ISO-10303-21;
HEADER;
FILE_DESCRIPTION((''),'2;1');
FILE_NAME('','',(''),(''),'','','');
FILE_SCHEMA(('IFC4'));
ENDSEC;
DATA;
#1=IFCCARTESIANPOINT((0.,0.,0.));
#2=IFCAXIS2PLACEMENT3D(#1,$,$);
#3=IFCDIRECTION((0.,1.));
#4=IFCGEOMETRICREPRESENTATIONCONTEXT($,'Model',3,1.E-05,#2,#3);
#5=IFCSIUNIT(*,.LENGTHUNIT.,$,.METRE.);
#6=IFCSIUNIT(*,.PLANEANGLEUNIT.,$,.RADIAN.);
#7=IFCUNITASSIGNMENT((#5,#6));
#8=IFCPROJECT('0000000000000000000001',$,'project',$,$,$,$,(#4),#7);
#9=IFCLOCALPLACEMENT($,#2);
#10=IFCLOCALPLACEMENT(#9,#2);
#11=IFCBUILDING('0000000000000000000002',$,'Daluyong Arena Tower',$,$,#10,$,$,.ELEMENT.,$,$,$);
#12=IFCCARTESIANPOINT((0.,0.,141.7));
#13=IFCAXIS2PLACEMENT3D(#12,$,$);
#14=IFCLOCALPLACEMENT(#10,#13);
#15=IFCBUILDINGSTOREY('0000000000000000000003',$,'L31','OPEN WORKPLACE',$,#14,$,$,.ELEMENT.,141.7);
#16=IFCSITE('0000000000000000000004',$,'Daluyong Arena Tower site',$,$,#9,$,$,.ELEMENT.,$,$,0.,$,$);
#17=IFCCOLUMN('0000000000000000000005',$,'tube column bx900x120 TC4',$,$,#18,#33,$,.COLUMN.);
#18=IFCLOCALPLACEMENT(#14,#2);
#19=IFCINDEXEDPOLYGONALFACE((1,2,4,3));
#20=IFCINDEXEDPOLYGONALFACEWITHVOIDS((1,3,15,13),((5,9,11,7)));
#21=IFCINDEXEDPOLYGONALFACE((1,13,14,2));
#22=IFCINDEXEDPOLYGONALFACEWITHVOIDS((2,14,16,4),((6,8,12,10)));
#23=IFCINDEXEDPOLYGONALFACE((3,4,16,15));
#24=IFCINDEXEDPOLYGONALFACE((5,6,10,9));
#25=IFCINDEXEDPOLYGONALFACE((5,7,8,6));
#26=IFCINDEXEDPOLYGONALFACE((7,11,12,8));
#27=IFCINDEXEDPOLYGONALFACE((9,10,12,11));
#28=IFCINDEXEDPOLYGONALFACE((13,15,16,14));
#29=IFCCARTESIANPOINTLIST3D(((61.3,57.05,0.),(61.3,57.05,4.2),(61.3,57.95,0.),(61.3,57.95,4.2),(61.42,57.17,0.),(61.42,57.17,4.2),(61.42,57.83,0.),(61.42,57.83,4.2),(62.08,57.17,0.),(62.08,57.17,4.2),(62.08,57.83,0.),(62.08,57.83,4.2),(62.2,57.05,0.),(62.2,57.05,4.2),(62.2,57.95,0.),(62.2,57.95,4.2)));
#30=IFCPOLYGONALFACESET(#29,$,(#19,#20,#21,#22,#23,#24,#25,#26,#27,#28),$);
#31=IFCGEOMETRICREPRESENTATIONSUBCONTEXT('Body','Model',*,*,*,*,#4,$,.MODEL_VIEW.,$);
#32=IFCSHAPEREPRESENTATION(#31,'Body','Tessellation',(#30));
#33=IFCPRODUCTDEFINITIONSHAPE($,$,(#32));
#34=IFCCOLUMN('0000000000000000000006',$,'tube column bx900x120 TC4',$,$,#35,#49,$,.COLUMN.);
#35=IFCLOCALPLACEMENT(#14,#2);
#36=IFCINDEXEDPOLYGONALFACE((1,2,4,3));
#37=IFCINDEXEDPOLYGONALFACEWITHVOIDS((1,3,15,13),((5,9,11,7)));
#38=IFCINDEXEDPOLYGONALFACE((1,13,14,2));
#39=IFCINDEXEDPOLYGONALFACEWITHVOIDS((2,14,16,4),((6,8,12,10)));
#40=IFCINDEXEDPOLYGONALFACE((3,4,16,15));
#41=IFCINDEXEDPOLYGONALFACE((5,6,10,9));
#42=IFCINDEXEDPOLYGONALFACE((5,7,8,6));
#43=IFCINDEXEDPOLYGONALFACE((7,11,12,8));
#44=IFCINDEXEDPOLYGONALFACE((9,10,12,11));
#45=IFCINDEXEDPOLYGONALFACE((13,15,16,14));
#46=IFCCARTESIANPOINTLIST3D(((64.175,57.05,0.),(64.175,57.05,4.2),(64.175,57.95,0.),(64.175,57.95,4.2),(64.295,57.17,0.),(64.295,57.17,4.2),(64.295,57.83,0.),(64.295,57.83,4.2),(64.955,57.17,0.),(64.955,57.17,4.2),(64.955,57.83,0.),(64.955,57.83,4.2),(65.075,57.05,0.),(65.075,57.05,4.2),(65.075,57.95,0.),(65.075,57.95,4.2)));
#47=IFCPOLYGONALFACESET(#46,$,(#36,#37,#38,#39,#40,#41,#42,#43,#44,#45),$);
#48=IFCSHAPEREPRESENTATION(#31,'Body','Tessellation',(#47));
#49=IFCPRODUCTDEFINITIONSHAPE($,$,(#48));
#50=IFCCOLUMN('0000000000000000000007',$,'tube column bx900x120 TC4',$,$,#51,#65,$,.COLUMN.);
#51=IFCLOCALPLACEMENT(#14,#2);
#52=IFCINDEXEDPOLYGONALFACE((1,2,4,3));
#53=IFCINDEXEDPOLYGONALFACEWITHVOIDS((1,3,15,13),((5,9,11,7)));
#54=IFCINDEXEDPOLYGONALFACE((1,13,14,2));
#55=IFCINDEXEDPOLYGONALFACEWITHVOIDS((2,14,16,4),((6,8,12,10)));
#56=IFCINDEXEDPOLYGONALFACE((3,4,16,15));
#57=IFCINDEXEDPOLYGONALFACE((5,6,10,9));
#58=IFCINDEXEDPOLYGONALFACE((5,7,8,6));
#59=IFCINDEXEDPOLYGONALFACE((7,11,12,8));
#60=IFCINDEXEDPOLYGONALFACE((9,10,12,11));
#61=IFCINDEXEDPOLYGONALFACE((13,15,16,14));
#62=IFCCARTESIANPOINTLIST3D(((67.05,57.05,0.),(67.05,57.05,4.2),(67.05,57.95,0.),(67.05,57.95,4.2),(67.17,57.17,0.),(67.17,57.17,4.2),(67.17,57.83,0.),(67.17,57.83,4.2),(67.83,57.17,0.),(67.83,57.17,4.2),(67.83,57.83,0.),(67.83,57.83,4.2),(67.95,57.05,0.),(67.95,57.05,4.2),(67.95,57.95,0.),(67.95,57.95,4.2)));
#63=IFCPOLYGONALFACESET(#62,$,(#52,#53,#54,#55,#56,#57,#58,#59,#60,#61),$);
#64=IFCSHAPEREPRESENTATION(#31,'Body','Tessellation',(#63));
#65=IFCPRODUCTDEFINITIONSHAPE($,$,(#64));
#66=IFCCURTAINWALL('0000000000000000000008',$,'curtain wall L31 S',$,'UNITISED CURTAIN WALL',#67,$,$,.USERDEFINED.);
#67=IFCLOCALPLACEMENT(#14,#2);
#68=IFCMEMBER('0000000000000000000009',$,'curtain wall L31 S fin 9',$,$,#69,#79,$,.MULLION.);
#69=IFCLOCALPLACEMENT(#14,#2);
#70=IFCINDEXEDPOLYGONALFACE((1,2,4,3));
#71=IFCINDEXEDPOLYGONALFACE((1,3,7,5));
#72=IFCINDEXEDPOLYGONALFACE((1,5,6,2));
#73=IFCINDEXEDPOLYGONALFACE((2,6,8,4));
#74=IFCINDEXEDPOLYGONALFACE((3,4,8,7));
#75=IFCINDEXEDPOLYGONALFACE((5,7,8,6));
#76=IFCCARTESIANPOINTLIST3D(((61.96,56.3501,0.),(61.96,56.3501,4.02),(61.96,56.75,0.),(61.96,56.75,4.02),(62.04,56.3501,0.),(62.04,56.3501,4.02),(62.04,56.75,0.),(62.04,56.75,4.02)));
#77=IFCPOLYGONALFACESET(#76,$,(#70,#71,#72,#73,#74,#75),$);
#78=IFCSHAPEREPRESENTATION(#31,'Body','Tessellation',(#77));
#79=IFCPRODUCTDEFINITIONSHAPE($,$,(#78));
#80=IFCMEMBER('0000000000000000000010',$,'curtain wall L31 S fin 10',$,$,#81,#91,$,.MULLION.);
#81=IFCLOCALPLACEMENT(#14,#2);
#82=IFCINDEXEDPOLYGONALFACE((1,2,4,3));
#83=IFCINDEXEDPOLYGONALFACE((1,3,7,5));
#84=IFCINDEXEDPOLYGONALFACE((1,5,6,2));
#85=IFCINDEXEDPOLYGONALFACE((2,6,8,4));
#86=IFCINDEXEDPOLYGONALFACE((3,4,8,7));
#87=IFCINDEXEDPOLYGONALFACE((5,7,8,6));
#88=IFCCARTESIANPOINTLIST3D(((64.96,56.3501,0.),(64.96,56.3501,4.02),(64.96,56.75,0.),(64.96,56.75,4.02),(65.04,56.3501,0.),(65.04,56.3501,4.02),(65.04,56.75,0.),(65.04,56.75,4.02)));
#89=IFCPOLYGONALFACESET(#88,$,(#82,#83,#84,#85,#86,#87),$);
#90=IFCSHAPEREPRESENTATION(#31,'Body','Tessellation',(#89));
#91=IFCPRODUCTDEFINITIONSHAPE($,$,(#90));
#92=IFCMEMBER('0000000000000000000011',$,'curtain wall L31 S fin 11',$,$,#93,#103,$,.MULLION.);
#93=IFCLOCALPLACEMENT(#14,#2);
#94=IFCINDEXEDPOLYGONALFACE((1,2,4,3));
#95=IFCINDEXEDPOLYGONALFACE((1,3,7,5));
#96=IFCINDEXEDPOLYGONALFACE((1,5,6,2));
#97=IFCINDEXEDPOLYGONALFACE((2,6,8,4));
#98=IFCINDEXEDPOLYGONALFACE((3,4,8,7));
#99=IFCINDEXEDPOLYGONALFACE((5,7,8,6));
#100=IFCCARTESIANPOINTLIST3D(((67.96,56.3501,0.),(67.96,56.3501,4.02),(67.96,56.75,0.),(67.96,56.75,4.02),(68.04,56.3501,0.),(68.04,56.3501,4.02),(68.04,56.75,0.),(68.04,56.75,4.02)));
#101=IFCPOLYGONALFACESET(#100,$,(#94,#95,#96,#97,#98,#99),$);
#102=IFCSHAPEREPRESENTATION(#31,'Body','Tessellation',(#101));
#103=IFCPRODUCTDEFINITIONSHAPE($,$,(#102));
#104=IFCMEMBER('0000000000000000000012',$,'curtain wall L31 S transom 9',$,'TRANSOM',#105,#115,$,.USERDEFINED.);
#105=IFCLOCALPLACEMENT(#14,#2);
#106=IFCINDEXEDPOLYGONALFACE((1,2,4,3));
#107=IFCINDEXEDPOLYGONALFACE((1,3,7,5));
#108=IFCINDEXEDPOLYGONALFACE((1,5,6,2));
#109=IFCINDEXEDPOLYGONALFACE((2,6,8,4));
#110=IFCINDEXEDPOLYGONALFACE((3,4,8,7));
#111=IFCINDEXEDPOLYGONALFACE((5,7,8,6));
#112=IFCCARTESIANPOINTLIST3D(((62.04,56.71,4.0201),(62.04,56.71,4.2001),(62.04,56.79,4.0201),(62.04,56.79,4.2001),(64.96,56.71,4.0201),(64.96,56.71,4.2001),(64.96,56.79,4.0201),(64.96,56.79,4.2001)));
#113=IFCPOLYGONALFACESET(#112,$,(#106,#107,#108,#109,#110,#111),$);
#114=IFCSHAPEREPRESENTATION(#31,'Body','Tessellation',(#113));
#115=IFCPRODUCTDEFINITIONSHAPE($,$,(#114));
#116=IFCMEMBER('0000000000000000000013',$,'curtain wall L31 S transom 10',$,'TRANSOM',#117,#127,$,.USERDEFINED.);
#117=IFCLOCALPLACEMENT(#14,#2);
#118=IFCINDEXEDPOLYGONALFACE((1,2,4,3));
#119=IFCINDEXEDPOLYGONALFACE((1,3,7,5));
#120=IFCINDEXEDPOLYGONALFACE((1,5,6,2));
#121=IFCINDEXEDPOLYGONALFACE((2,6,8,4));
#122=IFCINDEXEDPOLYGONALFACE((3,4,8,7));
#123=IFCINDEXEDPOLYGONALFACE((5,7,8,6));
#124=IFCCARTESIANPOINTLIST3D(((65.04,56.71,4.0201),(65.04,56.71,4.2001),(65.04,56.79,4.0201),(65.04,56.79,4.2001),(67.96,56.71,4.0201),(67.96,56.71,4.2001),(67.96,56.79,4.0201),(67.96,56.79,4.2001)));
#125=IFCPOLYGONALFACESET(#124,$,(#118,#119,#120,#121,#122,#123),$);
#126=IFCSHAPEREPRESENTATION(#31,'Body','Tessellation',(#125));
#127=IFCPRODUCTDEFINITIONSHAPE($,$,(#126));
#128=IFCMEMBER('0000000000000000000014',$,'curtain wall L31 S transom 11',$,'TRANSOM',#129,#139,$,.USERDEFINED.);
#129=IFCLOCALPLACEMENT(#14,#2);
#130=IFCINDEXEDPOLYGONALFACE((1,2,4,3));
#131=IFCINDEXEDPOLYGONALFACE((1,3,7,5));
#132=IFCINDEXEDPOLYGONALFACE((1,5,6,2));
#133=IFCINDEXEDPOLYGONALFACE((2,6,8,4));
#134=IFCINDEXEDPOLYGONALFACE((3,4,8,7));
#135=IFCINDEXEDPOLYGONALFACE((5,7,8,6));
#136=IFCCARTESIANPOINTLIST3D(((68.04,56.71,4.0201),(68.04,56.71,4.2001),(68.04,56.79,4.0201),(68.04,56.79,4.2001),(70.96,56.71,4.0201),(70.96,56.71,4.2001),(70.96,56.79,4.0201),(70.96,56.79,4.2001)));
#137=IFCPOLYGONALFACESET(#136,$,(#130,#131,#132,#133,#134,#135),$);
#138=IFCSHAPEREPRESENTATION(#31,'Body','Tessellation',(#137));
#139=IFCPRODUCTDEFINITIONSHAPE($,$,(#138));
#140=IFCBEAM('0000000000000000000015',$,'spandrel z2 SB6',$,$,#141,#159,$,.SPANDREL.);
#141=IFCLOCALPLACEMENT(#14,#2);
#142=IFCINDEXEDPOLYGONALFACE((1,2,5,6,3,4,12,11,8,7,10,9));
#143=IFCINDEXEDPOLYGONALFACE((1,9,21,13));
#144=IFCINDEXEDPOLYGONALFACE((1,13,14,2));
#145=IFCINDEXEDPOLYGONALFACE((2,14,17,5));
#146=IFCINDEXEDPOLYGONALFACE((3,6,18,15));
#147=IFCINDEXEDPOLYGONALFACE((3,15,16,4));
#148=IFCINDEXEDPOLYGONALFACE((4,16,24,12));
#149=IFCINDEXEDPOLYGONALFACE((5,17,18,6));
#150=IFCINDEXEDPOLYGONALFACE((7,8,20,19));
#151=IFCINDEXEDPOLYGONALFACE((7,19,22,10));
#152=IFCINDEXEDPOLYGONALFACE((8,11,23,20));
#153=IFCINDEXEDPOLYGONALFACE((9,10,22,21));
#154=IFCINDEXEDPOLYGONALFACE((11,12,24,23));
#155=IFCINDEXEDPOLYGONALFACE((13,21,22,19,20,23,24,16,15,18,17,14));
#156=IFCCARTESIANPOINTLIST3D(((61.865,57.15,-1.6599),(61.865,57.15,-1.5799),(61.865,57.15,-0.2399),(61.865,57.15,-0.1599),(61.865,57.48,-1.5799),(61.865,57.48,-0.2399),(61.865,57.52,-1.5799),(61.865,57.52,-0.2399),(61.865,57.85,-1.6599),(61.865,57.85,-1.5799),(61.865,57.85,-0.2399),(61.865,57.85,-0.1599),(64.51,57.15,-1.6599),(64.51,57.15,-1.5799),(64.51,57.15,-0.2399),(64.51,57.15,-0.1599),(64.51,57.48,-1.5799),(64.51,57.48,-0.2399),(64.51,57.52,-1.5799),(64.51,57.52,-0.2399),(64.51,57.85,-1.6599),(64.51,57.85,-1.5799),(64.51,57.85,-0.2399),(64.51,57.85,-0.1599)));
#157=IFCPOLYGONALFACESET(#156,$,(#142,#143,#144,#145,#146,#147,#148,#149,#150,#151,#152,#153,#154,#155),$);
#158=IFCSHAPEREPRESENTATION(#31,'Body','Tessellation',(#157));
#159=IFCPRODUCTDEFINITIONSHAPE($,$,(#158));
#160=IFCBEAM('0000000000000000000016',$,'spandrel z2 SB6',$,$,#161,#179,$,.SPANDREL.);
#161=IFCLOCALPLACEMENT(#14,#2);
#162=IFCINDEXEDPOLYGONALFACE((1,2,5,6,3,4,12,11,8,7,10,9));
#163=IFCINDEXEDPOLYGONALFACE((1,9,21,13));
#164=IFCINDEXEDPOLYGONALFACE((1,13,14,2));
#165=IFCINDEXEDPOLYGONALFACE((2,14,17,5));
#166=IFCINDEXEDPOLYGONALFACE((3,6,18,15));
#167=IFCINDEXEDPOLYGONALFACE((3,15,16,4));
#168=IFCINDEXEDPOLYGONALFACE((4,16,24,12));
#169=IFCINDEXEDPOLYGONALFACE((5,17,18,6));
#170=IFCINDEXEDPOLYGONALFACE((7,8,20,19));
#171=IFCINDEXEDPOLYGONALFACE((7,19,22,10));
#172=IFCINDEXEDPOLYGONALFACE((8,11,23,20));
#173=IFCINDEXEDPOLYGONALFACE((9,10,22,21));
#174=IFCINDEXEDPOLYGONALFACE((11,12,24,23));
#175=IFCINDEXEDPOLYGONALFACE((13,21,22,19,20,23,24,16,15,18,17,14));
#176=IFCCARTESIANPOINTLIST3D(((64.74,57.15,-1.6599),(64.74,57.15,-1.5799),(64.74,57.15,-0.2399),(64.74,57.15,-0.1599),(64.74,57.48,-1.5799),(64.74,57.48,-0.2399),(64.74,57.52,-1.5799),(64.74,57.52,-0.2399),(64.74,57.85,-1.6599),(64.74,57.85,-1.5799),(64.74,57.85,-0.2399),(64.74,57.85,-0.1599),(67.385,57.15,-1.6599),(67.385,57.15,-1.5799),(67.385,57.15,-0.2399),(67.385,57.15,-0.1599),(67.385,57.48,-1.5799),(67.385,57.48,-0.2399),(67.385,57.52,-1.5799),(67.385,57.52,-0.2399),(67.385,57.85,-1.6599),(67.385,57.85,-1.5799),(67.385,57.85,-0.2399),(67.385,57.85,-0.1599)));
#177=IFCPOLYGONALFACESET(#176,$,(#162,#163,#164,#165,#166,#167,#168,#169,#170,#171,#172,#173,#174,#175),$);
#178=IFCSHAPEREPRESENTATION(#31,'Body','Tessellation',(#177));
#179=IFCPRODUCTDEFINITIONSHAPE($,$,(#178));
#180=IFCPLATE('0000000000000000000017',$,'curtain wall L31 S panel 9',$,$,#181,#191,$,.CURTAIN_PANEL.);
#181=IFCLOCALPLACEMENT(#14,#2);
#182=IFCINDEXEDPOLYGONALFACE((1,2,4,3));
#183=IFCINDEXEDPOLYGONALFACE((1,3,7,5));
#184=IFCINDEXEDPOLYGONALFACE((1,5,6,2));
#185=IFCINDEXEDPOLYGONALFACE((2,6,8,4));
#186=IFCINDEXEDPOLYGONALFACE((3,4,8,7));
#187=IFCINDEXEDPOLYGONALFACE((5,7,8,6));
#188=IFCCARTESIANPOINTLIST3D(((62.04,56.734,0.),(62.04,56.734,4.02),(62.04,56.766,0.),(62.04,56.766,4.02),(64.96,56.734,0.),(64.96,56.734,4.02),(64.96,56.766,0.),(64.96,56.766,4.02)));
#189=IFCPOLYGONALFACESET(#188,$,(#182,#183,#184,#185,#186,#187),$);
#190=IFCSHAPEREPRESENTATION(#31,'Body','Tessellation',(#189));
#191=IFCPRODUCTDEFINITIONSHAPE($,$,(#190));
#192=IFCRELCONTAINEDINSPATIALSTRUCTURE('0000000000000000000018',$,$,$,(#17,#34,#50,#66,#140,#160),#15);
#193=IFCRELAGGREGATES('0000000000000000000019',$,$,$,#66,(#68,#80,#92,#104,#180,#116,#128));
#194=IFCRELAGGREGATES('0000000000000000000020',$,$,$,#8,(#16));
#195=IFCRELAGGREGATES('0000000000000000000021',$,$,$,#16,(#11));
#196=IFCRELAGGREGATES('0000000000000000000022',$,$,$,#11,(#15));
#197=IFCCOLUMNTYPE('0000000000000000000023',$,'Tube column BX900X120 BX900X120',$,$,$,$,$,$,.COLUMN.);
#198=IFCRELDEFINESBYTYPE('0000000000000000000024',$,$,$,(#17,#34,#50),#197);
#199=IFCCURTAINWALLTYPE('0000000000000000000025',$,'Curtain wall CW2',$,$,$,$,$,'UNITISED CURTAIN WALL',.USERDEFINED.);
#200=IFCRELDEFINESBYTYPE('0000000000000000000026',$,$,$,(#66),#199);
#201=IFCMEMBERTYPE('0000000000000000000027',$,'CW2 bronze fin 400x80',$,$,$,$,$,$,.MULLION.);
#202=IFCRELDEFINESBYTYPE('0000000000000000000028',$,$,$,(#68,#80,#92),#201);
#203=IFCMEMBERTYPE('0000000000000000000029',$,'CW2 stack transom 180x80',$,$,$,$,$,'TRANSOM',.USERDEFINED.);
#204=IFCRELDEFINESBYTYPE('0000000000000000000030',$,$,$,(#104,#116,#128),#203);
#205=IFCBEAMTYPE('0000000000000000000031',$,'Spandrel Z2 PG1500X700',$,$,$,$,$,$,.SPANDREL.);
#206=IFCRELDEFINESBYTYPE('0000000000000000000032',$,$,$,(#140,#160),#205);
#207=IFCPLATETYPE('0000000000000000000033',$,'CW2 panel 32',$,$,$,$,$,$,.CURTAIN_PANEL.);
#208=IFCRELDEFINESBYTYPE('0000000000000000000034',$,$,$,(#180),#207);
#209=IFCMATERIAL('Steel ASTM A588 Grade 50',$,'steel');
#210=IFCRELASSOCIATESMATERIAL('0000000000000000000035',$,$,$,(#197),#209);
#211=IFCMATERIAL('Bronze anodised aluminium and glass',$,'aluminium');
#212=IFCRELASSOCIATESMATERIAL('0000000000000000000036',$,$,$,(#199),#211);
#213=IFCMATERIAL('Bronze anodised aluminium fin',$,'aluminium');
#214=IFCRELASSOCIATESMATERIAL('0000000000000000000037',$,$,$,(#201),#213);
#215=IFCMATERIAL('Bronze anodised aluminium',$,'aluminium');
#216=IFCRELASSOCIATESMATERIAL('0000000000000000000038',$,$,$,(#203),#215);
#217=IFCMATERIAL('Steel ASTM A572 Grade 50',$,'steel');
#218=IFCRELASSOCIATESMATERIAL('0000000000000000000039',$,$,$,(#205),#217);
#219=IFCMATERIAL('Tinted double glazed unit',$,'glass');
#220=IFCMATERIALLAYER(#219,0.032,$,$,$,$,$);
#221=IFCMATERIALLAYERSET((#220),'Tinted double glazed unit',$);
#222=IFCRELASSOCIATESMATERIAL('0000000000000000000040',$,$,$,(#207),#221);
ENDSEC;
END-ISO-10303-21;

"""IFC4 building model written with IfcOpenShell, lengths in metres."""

from ifc_helpers import new_model, si_unit, direction, frame, origin, origin_2d, place, context, subcontext, project, spatial, rectangle, hollow_rectangle, i_section, extrude, material, layer, layer_set, material_profile, profile_set, type_object, element, aggregate, save


model = new_model("IFC4")

# Units and contexts
model_context = context("Model", 3, precision=1e-05, world=origin(), true_north=direction((0.0, 1.0)))
body_context = subcontext(model_context, "Body", "Model", "MODEL_VIEW")
ifc_project = project(units=[si_unit("LENGTHUNIT", "METRE"), si_unit("PLANEANGLEUNIT", "RADIAN")], contexts=[model_context])

# Site, building, storey
site_placement = place(None, origin())
site = spatial("IfcSite", under=ifc_project, at=site_placement, Name="Daluyong Arena Tower site", CompositionType="ELEMENT", RefElevation=0.0)
building_placement = place(site_placement, origin())
building = spatial("IfcBuilding", under=site, at=building_placement, Name="Daluyong Arena Tower", CompositionType="ELEMENT")
storey_placement = place(building_placement, frame((0.0, 0.0, 141.7)))
storey = spatial("IfcBuildingStorey", under=building, at=storey_placement, Name="L31", Description="OPEN WORKPLACE", CompositionType="ELEMENT", Elevation=141.7)

# Columns
ifc_material_1 = material(Name="Steel ASTM A588 Grade 50", Category="steel")
ifc_material_profile_1 = material_profile(ifc_material_1, hollow_rectangle(XDim=0.8999, YDim=0.8999, WallThickness=0.12, at=origin_2d()))
ifc_profile_set_1 = profile_set([ifc_material_profile_1], Name="Steel ASTM A588 Grade 50")
column_type = type_object("IfcColumnType", Name="Tube column BX900X120 BX900X120", PredefinedType="COLUMN", material=ifc_profile_set_1)
for number, where, z_axis, x_axis, name in (
    (1, (61.75, 57.5, 0.0), (0.0, 0.0, 1.0), (1.0, 0.0, 0.0), "tube column bx900x120 TC4"),
    (2, (64.625, 57.5, 0.0), (0.0, 0.0, 1.0), (1.0, 0.0, 0.0), "tube column bx900x120 TC4"),
    (3, (67.5, 57.5, 0.0), (0.0, 0.0, 1.0), (1.0, 0.0, 0.0), "tube column bx900x120 TC4"),
):
    element("IfcColumn", number, at=place(storey_placement, frame(where, z_axis=z_axis, x_axis=x_axis)), inside=storey, type_object=column_type, Name=name, PredefinedType="COLUMN", context=body_context, shape_type="SweptSolid", body=[
        extrude(hollow_rectangle(XDim=0.8999, YDim=0.8999, WallThickness=0.12, at=origin_2d()), origin(), (0.0, 0.0, 1.0), 4.2),
    ])

# Curtain wall, members
ifc_material_2 = material(Name="Bronze anodised aluminium and glass", Category="aluminium")
curtain_wall_type = type_object("IfcCurtainWallType", Name="Curtain wall CW2", ElementType="UNITISED CURTAIN WALL", PredefinedType="USERDEFINED", material=ifc_material_2)
curtain_wall_placement = place(storey_placement, origin())
curtain_wall = element("IfcCurtainWall", 4, at=curtain_wall_placement, inside=storey, type_object=curtain_wall_type, Name="curtain wall L31 S", ObjectType="UNITISED CURTAIN WALL", PredefinedType="USERDEFINED")
ifc_material_3 = material(Name="Bronze anodised aluminium fin", Category="aluminium")
ifc_material_profile_2 = material_profile(ifc_material_3, rectangle(XDim=0.3999, YDim=0.0801, at=origin_2d()))
ifc_profile_set_2 = profile_set([ifc_material_profile_2], Name="Bronze anodised aluminium fin")
member_type_1 = type_object("IfcMemberType", Name="CW2 bronze fin 400x80", PredefinedType="MULLION", material=ifc_profile_set_2)
member_1_placement = place(storey_placement, frame((62.0, 56.55, 0.0), z_axis=(0.0, 0.0, 1.0), x_axis=(0.0, 1.0, 0.0)))
member_1 = element("IfcMember", 5, at=member_1_placement, type_object=member_type_1, Name="curtain wall L31 S fin 9", PredefinedType="MULLION", context=body_context, shape_type="SweptSolid", body=[
    extrude(rectangle(XDim=0.3999, YDim=0.0801, at=origin_2d()), origin(), (0.0, 0.0, 1.0), 4.02),
])
member_2_placement = place(storey_placement, frame((65.0, 56.55, 0.0), z_axis=(0.0, 0.0, 1.0), x_axis=(0.0, 1.0, 0.0)))
member_2 = element("IfcMember", 6, at=member_2_placement, type_object=member_type_1, Name="curtain wall L31 S fin 10", PredefinedType="MULLION", context=body_context, shape_type="SweptSolid", body=[
    extrude(rectangle(XDim=0.3999, YDim=0.0801, at=origin_2d()), origin(), (0.0, 0.0, 1.0), 4.02),
])
member_3_placement = place(storey_placement, frame((68.0, 56.55, 0.0), z_axis=(0.0, 0.0, 1.0), x_axis=(0.0, 1.0, 0.0)))
member_3 = element("IfcMember", 7, at=member_3_placement, type_object=member_type_1, Name="curtain wall L31 S fin 11", PredefinedType="MULLION", context=body_context, shape_type="SweptSolid", body=[
    extrude(rectangle(XDim=0.3999, YDim=0.0801, at=origin_2d()), origin(), (0.0, 0.0, 1.0), 4.02),
])
ifc_material_4 = material(Name="Bronze anodised aluminium", Category="aluminium")
ifc_material_profile_3 = material_profile(ifc_material_4, rectangle(XDim=0.0801, YDim=0.1799, at=origin_2d()))
ifc_profile_set_3 = profile_set([ifc_material_profile_3], Name="Bronze anodised aluminium")
member_type_2 = type_object("IfcMemberType", Name="CW2 stack transom 180x80", ElementType="TRANSOM", PredefinedType="USERDEFINED", material=ifc_profile_set_3)
member_4_placement = place(storey_placement, frame((62.04, 56.75, 4.1101), z_axis=(1.0, 0.0, 0.0), x_axis=(0.0, 1.0, 0.0)))
member_4 = element("IfcMember", 8, at=member_4_placement, type_object=member_type_2, Name="curtain wall L31 S transom 9", ObjectType="TRANSOM", PredefinedType="USERDEFINED", context=body_context, shape_type="SweptSolid", body=[
    extrude(rectangle(XDim=0.0801, YDim=0.1799, at=origin_2d()), origin(), (0.0, 0.0, 1.0), 2.9199),
])
member_5_placement = place(storey_placement, frame((65.04, 56.75, 4.1101), z_axis=(1.0, 0.0, 0.0), x_axis=(0.0, 1.0, 0.0)))
member_5 = element("IfcMember", 9, at=member_5_placement, type_object=member_type_2, Name="curtain wall L31 S transom 10", ObjectType="TRANSOM", PredefinedType="USERDEFINED", context=body_context, shape_type="SweptSolid", body=[
    extrude(rectangle(XDim=0.0801, YDim=0.1799, at=origin_2d()), origin(), (0.0, 0.0, 1.0), 2.9199),
])
member_6_placement = place(storey_placement, frame((68.04, 56.75, 4.1101), z_axis=(1.0, 0.0, 0.0), x_axis=(0.0, 1.0, 0.0)))
member_6 = element("IfcMember", 10, at=member_6_placement, type_object=member_type_2, Name="curtain wall L31 S transom 11", ObjectType="TRANSOM", PredefinedType="USERDEFINED", context=body_context, shape_type="SweptSolid", body=[
    extrude(rectangle(XDim=0.0801, YDim=0.1799, at=origin_2d()), origin(), (0.0, 0.0, 1.0), 2.9199),
])

# Beams
ifc_material_5 = material(Name="Steel ASTM A572 Grade 50", Category="steel")
ifc_material_profile_4 = material_profile(ifc_material_5, i_section(OverallWidth=0.7, OverallDepth=1.5, WebThickness=0.04, FlangeThickness=0.08, at=origin_2d()))
ifc_profile_set_4 = profile_set([ifc_material_profile_4], Name="Steel ASTM A572 Grade 50")
beam_type = type_object("IfcBeamType", Name="Spandrel Z2 PG1500X700", PredefinedType="SPANDREL", material=ifc_profile_set_4)
for number, where, z_axis, x_axis, name in (
    (11, (61.865, 57.5, -0.9099), (1.0, 0.0, 0.0), (0.0, 1.0, 0.0), "spandrel z2 SB6"),
    (12, (64.74, 57.5, -0.9099), (1.0, 0.0, 0.0), (0.0, 1.0, 0.0), "spandrel z2 SB6"),
):
    element("IfcBeam", number, at=place(storey_placement, frame(where, z_axis=z_axis, x_axis=x_axis)), inside=storey, type_object=beam_type, Name=name, PredefinedType="SPANDREL", context=body_context, shape_type="SweptSolid", body=[
        extrude(i_section(OverallWidth=0.7, OverallDepth=1.5, WebThickness=0.04, FlangeThickness=0.08, at=origin_2d()), origin(), (0.0, 0.0, 1.0), 2.645),
    ])

# Plate
ifc_material_6 = material(Name="Tinted double glazed unit", Category="glass")
ifc_layer = layer(ifc_material_6, 0.032)
ifc_layer_set = layer_set([ifc_layer], Name="Tinted double glazed unit")
plate_type = type_object("IfcPlateType", Name="CW2 panel 32", PredefinedType="CURTAIN_PANEL", material=ifc_layer_set)
plate_1_placement = place(storey_placement, frame((63.5, 56.75, 0.0), z_axis=(0.0, 0.0, 1.0), x_axis=(1.0, 0.0, 0.0)))
plate_1 = element("IfcPlate", 13, at=plate_1_placement, type_object=plate_type, Name="curtain wall L31 S panel 9", PredefinedType="CURTAIN_PANEL", context=body_context, shape_type="SweptSolid", body=[
    extrude(rectangle(XDim=2.9199, YDim=0.032, at=origin_2d()), origin(), (0.0, 0.0, 1.0), 4.02),
])
aggregate(curtain_wall, [member_1, member_2, member_3, member_4, plate_1, member_5, member_6])

save(model, "model.ifc")
